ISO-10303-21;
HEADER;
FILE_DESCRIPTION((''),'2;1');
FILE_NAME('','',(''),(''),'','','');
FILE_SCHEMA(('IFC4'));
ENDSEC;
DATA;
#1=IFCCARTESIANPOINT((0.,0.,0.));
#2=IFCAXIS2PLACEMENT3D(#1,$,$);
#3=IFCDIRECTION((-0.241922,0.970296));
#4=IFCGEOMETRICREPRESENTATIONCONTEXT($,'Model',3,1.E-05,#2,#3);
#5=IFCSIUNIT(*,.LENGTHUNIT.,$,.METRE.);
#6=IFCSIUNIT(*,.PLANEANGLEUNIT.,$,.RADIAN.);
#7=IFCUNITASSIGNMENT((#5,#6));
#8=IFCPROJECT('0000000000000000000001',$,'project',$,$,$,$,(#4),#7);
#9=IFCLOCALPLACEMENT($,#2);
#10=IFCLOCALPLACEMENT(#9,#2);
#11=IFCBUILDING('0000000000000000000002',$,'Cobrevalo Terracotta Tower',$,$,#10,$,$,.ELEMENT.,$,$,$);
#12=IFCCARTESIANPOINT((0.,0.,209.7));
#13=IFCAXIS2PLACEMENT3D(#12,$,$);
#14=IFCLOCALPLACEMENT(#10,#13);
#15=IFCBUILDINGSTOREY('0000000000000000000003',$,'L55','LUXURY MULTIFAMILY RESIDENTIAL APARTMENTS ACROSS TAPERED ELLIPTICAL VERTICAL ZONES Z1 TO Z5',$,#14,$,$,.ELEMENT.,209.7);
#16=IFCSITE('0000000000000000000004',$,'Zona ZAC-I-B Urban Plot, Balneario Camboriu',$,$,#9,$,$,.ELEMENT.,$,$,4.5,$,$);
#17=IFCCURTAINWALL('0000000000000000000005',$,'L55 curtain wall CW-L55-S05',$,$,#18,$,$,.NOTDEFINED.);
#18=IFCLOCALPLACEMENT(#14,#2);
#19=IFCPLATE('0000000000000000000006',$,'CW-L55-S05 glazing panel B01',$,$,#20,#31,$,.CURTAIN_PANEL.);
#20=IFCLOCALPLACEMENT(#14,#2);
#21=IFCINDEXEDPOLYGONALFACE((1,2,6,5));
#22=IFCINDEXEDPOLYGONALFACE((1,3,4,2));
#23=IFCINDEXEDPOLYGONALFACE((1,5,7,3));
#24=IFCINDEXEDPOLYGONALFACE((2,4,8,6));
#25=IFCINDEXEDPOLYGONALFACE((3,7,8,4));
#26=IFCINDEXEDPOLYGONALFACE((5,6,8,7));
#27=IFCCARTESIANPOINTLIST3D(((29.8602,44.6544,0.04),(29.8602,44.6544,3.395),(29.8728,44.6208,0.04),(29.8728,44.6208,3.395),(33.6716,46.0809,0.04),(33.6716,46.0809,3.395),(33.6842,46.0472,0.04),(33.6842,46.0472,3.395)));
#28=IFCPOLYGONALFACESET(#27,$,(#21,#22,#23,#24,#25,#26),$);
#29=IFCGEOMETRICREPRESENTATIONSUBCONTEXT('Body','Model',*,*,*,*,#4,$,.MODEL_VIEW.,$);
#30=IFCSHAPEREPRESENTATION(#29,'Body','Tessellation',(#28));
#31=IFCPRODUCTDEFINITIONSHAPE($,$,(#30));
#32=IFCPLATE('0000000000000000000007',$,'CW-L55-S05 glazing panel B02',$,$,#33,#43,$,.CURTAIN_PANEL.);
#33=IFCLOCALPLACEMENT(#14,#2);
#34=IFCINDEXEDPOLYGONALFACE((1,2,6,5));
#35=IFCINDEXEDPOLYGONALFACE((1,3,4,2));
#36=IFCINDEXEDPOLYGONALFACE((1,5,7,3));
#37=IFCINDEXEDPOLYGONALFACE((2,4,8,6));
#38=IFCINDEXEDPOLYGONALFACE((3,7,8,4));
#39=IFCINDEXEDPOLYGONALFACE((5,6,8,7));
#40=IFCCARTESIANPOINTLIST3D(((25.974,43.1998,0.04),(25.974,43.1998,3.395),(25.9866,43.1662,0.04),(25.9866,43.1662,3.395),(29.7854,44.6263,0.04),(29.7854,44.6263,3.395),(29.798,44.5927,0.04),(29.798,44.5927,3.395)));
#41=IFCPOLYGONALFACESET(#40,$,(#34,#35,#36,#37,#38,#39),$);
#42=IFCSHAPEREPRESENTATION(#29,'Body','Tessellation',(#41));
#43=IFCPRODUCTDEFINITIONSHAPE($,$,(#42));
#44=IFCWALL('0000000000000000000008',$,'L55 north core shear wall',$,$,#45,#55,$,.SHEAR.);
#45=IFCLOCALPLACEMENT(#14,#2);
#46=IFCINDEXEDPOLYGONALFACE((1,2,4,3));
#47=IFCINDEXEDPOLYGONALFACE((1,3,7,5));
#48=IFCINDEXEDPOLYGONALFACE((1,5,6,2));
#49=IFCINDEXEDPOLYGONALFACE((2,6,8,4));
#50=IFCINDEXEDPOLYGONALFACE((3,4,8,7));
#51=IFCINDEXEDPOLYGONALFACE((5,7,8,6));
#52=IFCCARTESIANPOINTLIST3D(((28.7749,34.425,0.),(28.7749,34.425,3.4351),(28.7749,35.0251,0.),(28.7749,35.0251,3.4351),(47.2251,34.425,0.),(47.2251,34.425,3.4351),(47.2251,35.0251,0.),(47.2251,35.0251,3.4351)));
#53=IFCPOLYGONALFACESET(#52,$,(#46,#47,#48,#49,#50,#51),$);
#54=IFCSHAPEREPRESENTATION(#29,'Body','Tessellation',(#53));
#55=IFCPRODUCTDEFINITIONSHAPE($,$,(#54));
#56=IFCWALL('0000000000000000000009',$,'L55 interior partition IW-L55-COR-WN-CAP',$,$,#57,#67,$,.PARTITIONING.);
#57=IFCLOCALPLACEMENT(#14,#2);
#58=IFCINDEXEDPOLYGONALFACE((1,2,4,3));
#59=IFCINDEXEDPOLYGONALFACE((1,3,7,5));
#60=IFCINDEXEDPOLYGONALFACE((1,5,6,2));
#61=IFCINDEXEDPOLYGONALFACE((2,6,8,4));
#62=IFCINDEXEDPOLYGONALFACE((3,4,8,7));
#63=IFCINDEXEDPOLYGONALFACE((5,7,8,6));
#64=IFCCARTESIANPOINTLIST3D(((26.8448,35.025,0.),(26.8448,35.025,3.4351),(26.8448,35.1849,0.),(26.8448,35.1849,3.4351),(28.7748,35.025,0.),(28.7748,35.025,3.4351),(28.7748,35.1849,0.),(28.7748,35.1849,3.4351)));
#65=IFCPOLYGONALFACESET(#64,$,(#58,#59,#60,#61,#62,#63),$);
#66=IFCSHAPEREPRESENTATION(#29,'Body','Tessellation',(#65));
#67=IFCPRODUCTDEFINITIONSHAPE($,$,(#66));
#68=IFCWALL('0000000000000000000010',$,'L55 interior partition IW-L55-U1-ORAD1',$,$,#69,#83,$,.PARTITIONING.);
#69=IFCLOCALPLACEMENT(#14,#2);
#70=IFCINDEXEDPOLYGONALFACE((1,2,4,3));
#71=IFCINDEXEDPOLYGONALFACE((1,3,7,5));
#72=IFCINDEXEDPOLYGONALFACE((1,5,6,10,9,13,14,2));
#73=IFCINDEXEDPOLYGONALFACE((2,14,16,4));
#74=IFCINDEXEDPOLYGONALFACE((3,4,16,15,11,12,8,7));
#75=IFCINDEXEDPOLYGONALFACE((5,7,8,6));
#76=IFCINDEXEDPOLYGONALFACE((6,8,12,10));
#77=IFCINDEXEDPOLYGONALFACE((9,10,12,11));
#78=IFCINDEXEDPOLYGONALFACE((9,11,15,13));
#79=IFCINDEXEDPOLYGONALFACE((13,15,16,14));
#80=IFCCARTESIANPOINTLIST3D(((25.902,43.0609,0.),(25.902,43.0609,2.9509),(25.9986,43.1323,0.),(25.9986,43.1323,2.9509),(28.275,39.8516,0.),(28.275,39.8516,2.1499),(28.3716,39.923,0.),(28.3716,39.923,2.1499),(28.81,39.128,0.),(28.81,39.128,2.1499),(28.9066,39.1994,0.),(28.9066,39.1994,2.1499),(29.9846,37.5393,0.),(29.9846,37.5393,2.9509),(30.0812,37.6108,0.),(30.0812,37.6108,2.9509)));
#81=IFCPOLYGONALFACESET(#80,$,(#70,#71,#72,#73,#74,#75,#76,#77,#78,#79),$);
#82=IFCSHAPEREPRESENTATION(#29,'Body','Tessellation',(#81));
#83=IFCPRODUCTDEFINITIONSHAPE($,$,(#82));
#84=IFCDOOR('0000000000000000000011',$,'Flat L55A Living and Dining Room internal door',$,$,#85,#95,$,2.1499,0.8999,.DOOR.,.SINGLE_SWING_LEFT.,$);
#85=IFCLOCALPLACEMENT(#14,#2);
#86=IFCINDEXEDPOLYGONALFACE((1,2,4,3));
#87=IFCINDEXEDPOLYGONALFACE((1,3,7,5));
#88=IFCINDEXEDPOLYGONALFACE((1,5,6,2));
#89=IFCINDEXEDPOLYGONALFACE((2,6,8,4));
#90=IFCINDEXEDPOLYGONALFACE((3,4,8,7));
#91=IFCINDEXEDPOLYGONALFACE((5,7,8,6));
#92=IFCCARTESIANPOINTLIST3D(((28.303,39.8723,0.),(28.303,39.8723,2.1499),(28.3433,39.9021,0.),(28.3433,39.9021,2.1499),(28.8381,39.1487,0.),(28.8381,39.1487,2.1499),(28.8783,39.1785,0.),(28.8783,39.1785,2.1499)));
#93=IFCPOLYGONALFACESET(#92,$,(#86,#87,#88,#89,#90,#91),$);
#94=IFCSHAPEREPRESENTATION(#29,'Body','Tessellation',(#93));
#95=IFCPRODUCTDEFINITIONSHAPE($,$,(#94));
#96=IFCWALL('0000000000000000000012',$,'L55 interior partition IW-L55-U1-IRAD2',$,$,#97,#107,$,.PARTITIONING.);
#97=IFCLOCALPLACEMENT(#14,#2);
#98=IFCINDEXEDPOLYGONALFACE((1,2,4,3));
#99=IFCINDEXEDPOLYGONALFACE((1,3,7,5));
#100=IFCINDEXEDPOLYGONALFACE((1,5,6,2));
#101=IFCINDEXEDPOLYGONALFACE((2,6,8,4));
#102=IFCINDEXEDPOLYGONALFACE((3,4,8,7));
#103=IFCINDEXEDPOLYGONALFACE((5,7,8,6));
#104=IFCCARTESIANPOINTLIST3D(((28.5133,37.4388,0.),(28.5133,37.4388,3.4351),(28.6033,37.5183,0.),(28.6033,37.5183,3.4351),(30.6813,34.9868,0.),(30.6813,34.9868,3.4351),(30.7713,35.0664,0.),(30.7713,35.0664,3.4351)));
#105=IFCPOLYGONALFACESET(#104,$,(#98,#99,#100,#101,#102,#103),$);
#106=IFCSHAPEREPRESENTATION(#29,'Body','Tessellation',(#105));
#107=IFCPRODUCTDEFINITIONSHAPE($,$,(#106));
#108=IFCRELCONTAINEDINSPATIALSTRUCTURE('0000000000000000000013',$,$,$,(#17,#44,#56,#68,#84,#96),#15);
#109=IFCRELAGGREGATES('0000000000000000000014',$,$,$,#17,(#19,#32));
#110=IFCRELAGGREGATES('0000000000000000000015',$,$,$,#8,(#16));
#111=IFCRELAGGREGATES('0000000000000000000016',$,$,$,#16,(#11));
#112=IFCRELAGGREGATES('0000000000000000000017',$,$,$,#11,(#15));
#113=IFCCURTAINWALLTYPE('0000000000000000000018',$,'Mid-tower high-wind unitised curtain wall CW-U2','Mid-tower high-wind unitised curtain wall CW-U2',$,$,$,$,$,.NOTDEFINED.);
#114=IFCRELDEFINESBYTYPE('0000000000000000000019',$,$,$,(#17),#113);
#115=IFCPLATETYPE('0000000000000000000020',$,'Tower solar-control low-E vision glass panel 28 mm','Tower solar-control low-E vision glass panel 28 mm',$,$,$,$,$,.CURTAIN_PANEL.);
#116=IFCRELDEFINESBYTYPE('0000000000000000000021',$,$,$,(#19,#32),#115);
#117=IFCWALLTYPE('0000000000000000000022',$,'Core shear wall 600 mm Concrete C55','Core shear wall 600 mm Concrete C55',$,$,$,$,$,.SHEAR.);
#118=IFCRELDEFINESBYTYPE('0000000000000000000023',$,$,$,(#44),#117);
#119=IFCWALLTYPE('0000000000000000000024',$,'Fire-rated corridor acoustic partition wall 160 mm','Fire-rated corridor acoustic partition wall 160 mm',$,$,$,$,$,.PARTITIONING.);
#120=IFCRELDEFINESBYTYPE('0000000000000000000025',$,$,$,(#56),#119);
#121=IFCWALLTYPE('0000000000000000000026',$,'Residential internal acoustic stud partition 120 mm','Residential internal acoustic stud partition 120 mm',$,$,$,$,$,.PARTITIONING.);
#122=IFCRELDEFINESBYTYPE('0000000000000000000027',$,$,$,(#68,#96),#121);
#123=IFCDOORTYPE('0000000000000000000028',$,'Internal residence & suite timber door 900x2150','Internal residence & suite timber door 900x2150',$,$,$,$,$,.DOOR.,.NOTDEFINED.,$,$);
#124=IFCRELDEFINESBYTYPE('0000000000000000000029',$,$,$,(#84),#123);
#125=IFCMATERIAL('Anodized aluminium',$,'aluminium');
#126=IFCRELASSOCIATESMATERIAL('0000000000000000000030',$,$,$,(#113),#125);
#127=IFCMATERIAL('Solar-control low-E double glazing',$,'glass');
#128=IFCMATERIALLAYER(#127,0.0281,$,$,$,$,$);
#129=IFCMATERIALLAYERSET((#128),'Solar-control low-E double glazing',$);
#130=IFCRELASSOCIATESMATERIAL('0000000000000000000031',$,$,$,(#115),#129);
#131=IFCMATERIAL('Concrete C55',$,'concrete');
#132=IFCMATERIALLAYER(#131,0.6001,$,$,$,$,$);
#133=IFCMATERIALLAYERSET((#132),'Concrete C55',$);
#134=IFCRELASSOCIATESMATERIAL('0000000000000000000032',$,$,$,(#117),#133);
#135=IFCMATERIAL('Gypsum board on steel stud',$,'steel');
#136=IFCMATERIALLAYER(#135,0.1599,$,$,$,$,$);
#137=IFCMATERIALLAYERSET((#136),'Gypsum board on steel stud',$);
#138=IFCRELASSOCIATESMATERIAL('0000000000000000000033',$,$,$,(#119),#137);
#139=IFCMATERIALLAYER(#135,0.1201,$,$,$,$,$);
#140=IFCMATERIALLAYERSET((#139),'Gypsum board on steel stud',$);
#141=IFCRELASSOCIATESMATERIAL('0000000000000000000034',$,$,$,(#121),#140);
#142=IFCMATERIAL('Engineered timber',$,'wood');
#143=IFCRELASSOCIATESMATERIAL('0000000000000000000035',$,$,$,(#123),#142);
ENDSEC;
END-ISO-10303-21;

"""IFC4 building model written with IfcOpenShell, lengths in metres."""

from ifc_helpers import new_model, si_unit, direction, frame, frame_2d, origin, origin_2d, place, context, subcontext, project, spatial, rectangle, extrude, source, transform, mapped, material, layer, layer_set, type_object, element, fill, aggregate, save


model = new_model("IFC4")

# Units and contexts
model_context = context("Model", 3, precision=1e-05, world=origin(), true_north=direction((-0.241922, 0.970296)))
body_context = subcontext(model_context, "Body", "Model", "MODEL_VIEW")
ifc_project = project(units=[si_unit("LENGTHUNIT", "METRE"), si_unit("PLANEANGLEUNIT", "RADIAN")], contexts=[model_context])

# Site, building, storey
site_placement = place(None, origin())
site = spatial("IfcSite", under=ifc_project, at=site_placement, Name="Zona ZAC-I-B Urban Plot, Balneario Camboriu", CompositionType="ELEMENT", RefElevation=4.5)
building_placement = place(site_placement, origin())
building = spatial("IfcBuilding", under=site, at=building_placement, Name="Cobrevalo Terracotta Tower", CompositionType="ELEMENT")
storey_placement = place(building_placement, frame((0.0, 0.0, 209.7)))
storey = spatial("IfcBuildingStorey", under=building, at=storey_placement, Name="L55", Description="LUXURY MULTIFAMILY RESIDENTIAL APARTMENTS ACROSS TAPERED ELLIPTICAL VERTICAL ZONES Z1 TO Z5", CompositionType="ELEMENT", Elevation=209.7)

# Curtain wall, plates
ifc_material_1 = material(Name="Anodized aluminium", Category="aluminium")
curtain_wall_type = type_object("IfcCurtainWallType", Name="Mid-tower high-wind unitised curtain wall CW-U2", Description="Mid-tower high-wind unitised curtain wall CW-U2", PredefinedType="NOTDEFINED", material=ifc_material_1)
curtain_wall_placement = place(storey_placement, origin())
curtain_wall = element("IfcCurtainWall", 1, at=curtain_wall_placement, inside=storey, type_object=curtain_wall_type, Name="L55 curtain wall CW-L55-S05", PredefinedType="NOTDEFINED")
ifc_material_2 = material(Name="Solar-control low-E double glazing", Category="glass")
ifc_layer_1 = layer(ifc_material_2, 0.0281)
ifc_layer_set_1 = layer_set([ifc_layer_1], Name="Solar-control low-E double glazing")
plate_type = type_object("IfcPlateType", Name="Tower solar-control low-E vision glass panel 28 mm", Description="Tower solar-control low-E vision glass panel 28 mm", PredefinedType="CURTAIN_PANEL", material=ifc_layer_set_1)
shared_shape_1 = source(origin(), body_context, "Body", "SweptSolid", [
    extrude(rectangle(XDim=4.0696, YDim=0.0359, at=origin_2d()), origin(), (0.0, 0.0, 1.0), 3.355),
])
plate_1_placement = place(storey_placement, frame((31.7722, 45.3508, 0.04), z_axis=(0.0, 0.0, 1.0), x_axis=(-0.936558, -0.350513, 0.0)))
plate_1 = element("IfcPlate", 2, at=plate_1_placement, type_object=plate_type, Name="CW-L55-S05 glazing panel B01", PredefinedType="CURTAIN_PANEL", context=body_context, shape_type="MappedRepresentation", body=[
    mapped(shared_shape_1, transform((0.0, 0.0, 0.0), scale=1.0)),
])
plate_2_placement = place(storey_placement, frame((27.886, 43.8962, 0.04), z_axis=(0.0, 0.0, 1.0), x_axis=(-0.936558, -0.350513, 0.0)))
plate_2 = element("IfcPlate", 3, at=plate_2_placement, type_object=plate_type, Name="CW-L55-S05 glazing panel B02", PredefinedType="CURTAIN_PANEL", context=body_context, shape_type="MappedRepresentation", body=[
    mapped(shared_shape_1, transform((0.0, 0.0, 0.0), scale=1.0)),
])
aggregate(curtain_wall, [plate_1, plate_2])

# Walls
ifc_material_3 = material(Name="Concrete C55", Category="concrete")
ifc_layer_2 = layer(ifc_material_3, 0.6001)
ifc_layer_set_2 = layer_set([ifc_layer_2], Name="Concrete C55")
wall_type_1 = type_object("IfcWallType", Name="Core shear wall 600 mm Concrete C55", Description="Core shear wall 600 mm Concrete C55", PredefinedType="SHEAR", material=ifc_layer_set_2)
wall_1_placement = place(storey_placement, frame((28.7749, 34.7251, 0.0), z_axis=(0.0, 0.0, 1.0), x_axis=(1.0, 0.0, 0.0)))
element("IfcWall", 4, at=wall_1_placement, inside=storey, type_object=wall_type_1, Name="L55 north core shear wall", PredefinedType="SHEAR", context=body_context, shape_type="SweptSolid", body=[
    extrude(rectangle(XDim=18.4502, YDim=0.6001, at=frame_2d((9.2251, 0.0))), origin(), (0.0, 0.0, 1.0), 3.4351),
])
ifc_material_4 = material(Name="Gypsum board on steel stud", Category="steel")
ifc_layer_3 = layer(ifc_material_4, 0.1599)
ifc_layer_set_3 = layer_set([ifc_layer_3], Name="Gypsum board on steel stud")
wall_type_2 = type_object("IfcWallType", Name="Fire-rated corridor acoustic partition wall 160 mm", Description="Fire-rated corridor acoustic partition wall 160 mm", PredefinedType="PARTITIONING", material=ifc_layer_set_3)
wall_2_placement = place(storey_placement, frame((26.845, 35.105, 0.0), z_axis=(0.0, 0.0, 1.0), x_axis=(1.0, 0.0, 0.0)))
element("IfcWall", 5, at=wall_2_placement, inside=storey, type_object=wall_type_2, Name="L55 interior partition IW-L55-COR-WN-CAP", PredefinedType="PARTITIONING", context=body_context, shape_type="SweptSolid", body=[
    extrude(rectangle(XDim=1.9299, YDim=0.1599, at=frame_2d((0.9648, 0.0))), origin(), (0.0, 0.0, 1.0), 3.4351),
])

# Shared definitions
ifc_layer_4 = layer(ifc_material_4, 0.1201)
ifc_layer_set_4 = layer_set([ifc_layer_4], Name="Gypsum board on steel stud")
wall_type_3 = type_object("IfcWallType", Name="Residential internal acoustic stud partition 120 mm", Description="Residential internal acoustic stud partition 120 mm", PredefinedType="PARTITIONING", material=ifc_layer_set_4)
ifc_material_5 = material(Name="Engineered timber", Category="wood")
door_type_1 = type_object("IfcDoorType", Name="Internal residence & suite timber door 900x2150", Description="Internal residence & suite timber door 900x2150", OperationType="NOTDEFINED", PredefinedType="DOOR", material=ifc_material_5)
shared_shape_2 = source(origin(), body_context, "Body", "SweptSolid", [
    extrude(rectangle(XDim=0.8999, YDim=2.1499, at=frame_2d((0.45, 1.075))), frame((0.0, 0.0249, 0.0), z_axis=(0.0, -1.0, 0.0), x_axis=(1.0, 0.0, 0.0)), (0.0, 0.0, 1.0), 0.05),
])

# Wall, opening, door
wall_3_placement = place(storey_placement, frame((30.033, 37.575, 0.0), z_axis=(0.0, 0.0, 1.0), x_axis=(-0.594525, 0.804077, 0.0)))
wall_3 = element("IfcWall", 6, at=wall_3_placement, inside=storey, type_object=wall_type_3, Name="L55 interior partition IW-L55-U1-ORAD1", PredefinedType="PARTITIONING", context=body_context, shape_type="SweptSolid", body=[
    extrude(rectangle(XDim=6.8669, YDim=0.1201, at=frame_2d((3.4336, 0.0))), origin(), (0.0, 0.0, 1.0), 2.9509),
])
opening_1_placement = place(wall_3_placement, frame((1.9758, 0.0, 0.0)))
opening_1 = element("IfcOpeningElement", 7, at=opening_1_placement, cuts=wall_3, PredefinedType="OPENING", context=body_context, shape_type="SweptSolid", body=[
    extrude(rectangle(XDim=0.8999, YDim=2.1499, at=frame_2d((0.45, 1.075))), frame((0.0, 0.0701, 0.0), z_axis=(0.0, -1.0, 0.0), x_axis=(1.0, 0.0, 0.0)), (0.0, 0.0, 1.0), 0.1401),
])
door_1_placement = place(opening_1_placement, frame((0.8999, 0.0, 0.0), z_axis=(0.0, 0.0, 1.0), x_axis=(-1.0, 0.0, 0.0)))
door_1 = element("IfcDoor", 8, at=door_1_placement, inside=storey, type_object=door_type_1, Name="Flat L55A Living and Dining Room internal door", OperationType="SINGLE_SWING_LEFT", OverallHeight=2.1499, OverallWidth=0.8999, PredefinedType="DOOR", context=body_context, shape_type="MappedRepresentation", body=[
    mapped(shared_shape_2, transform((0.0, 0.0, 0.0), scale=1.0)),
])
fill(opening_1, door_1)

# Wall
wall_4_placement = place(storey_placement, frame((30.7263, 35.0266, 0.0), z_axis=(0.0, 0.0, 1.0), x_axis=(-0.662398, 0.749152, 0.0)))
element("IfcWall", 9, at=wall_4_placement, inside=storey, type_object=wall_type_3, Name="L55 interior partition IW-L55-U1-IRAD2", PredefinedType="PARTITIONING", context=body_context, shape_type="SweptSolid", body=[
    extrude(rectangle(XDim=3.2729, YDim=0.1201, at=frame_2d((1.6365, 0.0))), origin(), (0.0, 0.0, 1.0), 3.4351),
])

save(model, "model.ifc")
